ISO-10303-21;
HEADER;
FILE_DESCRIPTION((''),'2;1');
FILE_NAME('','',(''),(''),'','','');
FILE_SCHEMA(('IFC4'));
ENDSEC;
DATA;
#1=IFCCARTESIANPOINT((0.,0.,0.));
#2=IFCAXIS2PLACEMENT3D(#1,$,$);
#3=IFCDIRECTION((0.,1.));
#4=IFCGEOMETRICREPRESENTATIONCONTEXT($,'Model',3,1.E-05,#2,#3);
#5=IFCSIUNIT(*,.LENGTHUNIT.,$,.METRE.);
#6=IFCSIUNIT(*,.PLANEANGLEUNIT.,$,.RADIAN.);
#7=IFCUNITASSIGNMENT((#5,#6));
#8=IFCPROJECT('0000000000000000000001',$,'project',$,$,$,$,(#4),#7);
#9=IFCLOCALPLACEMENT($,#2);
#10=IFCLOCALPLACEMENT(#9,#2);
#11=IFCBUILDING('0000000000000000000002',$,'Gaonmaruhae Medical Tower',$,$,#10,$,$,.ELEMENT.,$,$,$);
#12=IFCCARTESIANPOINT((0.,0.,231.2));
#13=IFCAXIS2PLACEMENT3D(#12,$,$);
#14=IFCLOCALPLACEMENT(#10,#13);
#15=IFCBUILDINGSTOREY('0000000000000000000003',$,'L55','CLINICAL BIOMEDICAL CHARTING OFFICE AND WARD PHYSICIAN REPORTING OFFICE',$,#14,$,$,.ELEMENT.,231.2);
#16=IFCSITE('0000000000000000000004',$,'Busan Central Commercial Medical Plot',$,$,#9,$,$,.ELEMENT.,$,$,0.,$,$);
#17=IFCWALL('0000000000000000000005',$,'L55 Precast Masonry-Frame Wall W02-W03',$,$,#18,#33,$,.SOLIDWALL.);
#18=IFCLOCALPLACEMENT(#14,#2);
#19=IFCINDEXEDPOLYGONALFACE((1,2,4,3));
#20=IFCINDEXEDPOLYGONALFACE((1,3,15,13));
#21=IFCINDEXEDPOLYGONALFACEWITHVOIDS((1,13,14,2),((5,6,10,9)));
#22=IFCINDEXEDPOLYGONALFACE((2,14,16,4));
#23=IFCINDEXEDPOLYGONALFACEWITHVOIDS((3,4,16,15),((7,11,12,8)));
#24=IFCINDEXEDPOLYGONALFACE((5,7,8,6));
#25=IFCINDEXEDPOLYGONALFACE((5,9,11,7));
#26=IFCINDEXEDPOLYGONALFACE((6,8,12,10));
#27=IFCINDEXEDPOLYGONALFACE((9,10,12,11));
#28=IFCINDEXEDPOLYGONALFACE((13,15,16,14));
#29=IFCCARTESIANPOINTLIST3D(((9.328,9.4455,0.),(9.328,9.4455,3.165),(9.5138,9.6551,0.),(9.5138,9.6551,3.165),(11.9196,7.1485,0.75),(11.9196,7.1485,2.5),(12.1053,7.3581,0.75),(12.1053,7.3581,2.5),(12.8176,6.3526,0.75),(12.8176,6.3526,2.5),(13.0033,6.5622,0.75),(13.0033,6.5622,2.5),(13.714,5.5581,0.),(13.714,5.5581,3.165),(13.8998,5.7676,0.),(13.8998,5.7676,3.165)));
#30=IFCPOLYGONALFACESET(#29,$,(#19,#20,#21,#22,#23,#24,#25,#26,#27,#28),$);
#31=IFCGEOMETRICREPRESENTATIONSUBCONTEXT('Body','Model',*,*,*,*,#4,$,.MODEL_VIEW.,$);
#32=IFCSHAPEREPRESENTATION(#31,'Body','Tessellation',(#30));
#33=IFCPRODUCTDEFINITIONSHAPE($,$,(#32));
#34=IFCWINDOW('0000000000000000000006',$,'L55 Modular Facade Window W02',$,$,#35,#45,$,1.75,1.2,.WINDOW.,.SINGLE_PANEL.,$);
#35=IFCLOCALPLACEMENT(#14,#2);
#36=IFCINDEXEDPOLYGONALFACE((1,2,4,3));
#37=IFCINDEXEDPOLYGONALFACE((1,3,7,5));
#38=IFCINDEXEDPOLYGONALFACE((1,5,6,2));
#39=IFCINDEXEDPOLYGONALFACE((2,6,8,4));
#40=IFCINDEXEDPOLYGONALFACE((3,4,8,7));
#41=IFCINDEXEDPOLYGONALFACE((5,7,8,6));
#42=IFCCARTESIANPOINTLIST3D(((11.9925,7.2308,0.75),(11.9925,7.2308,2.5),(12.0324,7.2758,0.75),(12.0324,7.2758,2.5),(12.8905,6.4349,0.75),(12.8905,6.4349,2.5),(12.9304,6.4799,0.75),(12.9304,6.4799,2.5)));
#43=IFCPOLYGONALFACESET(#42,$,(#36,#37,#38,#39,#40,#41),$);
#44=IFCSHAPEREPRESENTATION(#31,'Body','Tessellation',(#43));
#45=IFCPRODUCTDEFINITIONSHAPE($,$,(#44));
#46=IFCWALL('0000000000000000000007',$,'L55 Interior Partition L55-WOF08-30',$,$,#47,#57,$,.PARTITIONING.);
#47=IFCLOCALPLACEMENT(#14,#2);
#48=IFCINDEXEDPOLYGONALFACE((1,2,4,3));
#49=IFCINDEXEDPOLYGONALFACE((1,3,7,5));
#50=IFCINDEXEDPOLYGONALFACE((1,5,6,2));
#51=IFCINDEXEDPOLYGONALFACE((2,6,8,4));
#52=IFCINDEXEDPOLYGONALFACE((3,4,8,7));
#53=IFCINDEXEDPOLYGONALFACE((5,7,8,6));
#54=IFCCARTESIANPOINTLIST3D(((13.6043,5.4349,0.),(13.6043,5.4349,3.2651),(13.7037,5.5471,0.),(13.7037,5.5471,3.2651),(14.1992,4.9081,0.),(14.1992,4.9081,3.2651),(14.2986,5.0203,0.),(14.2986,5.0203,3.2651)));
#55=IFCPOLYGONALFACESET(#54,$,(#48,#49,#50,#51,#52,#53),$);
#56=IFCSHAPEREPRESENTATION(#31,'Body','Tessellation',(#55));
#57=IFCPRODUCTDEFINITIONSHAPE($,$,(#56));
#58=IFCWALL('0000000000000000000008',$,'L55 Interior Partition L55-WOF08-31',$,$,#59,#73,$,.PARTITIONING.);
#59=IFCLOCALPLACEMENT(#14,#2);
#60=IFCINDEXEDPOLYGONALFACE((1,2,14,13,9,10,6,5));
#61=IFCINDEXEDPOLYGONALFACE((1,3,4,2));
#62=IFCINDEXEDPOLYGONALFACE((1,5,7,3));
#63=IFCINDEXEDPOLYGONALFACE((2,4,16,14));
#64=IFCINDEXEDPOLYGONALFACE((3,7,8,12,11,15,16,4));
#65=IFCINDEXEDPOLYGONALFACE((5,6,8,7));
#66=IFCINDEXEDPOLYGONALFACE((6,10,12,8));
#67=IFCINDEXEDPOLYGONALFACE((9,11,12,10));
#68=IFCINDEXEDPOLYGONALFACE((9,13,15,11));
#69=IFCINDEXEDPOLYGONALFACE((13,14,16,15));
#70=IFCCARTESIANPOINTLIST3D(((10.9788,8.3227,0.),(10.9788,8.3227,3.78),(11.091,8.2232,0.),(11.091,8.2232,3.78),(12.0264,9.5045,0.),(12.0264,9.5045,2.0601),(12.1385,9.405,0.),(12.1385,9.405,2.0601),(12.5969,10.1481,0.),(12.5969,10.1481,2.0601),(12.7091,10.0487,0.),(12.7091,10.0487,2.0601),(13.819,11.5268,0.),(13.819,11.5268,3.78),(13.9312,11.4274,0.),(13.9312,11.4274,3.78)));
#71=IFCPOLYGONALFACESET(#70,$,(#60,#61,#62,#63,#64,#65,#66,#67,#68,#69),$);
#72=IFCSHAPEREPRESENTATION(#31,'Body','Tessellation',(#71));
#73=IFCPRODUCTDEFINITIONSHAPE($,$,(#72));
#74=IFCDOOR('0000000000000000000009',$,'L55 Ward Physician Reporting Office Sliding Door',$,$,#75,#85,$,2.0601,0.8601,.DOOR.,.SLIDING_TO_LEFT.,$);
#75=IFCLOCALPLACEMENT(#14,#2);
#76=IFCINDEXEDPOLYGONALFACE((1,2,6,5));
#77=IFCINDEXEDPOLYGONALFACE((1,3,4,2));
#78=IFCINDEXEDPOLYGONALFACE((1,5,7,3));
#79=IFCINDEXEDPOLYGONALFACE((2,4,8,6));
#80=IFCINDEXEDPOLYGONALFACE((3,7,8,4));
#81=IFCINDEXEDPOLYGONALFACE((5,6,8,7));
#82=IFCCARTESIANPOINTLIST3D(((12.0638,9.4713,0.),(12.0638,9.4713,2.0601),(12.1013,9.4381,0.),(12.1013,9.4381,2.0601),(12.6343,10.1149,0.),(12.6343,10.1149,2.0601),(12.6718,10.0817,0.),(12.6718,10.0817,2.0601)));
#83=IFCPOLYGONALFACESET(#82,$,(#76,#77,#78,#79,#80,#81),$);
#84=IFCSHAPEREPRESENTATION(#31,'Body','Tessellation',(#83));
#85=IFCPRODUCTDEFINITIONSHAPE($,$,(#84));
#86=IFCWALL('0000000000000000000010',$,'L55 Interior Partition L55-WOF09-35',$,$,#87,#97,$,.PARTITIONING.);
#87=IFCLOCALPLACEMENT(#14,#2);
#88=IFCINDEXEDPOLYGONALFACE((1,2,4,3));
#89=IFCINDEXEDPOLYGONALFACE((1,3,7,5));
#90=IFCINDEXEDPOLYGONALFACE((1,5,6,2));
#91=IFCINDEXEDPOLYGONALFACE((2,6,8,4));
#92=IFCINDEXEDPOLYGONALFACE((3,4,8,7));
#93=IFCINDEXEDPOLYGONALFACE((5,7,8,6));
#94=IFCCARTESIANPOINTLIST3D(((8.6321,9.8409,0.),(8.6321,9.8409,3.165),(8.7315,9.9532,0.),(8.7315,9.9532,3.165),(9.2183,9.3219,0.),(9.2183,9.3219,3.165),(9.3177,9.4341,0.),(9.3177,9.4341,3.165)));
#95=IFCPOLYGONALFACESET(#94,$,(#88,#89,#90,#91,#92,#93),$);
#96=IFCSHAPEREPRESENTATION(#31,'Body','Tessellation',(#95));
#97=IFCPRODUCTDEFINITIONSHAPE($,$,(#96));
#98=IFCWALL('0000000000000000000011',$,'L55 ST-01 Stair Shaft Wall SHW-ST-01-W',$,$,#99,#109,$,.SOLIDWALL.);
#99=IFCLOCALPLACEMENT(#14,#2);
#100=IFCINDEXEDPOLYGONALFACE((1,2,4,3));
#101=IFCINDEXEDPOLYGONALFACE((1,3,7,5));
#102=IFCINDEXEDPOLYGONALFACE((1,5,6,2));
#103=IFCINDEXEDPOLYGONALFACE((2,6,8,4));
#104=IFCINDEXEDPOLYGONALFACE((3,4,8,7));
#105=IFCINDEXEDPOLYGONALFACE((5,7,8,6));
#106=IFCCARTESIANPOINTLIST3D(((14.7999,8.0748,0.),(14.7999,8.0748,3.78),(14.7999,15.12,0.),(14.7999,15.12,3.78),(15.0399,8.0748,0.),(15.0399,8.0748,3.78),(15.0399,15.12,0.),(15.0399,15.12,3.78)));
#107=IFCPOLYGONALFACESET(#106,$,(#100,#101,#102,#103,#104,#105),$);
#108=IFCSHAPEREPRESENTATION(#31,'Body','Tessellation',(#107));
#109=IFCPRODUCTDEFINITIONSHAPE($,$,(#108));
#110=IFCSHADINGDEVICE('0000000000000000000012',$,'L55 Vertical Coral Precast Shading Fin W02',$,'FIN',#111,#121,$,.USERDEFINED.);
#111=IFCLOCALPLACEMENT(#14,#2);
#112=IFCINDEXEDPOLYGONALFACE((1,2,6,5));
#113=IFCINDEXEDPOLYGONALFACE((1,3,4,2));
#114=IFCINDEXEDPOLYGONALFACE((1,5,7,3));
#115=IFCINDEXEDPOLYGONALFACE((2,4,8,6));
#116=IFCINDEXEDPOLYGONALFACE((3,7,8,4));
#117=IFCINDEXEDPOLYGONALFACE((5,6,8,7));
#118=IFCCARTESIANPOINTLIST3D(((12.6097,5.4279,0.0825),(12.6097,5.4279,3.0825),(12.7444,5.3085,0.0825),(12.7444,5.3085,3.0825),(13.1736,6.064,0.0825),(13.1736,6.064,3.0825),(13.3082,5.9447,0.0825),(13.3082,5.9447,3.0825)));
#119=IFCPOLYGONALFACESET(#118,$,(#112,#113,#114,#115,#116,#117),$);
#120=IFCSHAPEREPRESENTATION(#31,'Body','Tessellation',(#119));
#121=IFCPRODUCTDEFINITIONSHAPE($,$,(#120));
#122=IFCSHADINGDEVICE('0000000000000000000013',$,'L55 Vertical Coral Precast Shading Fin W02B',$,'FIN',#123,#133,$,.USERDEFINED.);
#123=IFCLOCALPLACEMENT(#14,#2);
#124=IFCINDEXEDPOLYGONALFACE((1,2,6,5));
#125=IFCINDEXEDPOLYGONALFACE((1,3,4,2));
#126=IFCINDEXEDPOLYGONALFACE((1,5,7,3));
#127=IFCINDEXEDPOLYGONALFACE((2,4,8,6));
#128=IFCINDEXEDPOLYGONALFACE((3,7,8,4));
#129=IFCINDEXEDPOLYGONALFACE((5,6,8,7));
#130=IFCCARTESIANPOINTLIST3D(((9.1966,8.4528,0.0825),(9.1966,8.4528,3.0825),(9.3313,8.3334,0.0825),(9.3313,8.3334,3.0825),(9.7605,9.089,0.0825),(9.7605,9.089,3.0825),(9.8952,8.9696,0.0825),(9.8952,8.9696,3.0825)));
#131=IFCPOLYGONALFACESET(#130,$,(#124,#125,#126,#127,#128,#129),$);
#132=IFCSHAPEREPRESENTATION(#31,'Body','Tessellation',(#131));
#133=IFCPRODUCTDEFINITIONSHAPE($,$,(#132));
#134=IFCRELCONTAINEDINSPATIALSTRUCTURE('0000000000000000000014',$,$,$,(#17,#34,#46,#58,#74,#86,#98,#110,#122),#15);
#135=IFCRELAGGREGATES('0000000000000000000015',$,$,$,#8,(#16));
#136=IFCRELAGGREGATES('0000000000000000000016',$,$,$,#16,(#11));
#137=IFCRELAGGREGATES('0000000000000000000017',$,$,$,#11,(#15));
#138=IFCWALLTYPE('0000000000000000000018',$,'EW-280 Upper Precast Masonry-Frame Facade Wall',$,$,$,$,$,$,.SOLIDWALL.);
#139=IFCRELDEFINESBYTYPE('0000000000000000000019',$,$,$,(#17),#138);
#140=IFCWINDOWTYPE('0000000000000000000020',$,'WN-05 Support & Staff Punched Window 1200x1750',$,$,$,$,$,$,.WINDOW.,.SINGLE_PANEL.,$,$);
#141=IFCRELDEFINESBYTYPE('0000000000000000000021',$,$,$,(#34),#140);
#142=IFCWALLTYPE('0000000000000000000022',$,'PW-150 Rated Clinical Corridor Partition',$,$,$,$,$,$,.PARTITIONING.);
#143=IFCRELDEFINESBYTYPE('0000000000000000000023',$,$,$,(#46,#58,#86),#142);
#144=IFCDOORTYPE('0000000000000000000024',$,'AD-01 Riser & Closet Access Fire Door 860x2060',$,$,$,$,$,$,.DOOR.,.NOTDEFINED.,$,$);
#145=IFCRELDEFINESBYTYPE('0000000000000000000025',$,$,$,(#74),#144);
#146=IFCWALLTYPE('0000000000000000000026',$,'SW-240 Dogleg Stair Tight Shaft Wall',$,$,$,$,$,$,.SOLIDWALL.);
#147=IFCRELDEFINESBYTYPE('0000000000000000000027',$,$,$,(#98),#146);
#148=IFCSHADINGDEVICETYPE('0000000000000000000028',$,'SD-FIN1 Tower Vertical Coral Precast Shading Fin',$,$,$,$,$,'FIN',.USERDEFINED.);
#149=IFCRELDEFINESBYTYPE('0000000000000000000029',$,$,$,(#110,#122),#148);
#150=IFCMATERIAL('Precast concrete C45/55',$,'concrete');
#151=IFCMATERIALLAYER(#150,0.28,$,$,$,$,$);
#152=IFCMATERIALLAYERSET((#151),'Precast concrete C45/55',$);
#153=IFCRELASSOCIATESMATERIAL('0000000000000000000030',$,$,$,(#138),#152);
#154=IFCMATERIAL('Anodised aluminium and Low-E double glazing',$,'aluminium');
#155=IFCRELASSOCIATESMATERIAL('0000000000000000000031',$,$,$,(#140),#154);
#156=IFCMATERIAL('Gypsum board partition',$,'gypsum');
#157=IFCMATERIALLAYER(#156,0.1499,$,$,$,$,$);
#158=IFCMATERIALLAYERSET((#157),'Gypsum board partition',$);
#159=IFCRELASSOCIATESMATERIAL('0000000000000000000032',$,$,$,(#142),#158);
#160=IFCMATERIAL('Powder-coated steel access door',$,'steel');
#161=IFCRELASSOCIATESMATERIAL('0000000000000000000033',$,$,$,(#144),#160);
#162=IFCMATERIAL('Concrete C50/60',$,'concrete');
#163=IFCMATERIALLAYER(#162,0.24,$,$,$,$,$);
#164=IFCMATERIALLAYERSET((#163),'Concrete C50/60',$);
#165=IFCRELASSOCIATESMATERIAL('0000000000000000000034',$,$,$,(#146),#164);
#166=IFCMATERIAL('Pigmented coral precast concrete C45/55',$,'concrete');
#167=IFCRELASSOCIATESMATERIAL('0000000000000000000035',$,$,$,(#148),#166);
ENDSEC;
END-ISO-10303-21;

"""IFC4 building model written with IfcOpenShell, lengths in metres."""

from ifc_helpers import new_model, si_unit, direction, frame, frame_2d, origin, origin_2d, place, context, subcontext, project, spatial, rectangle, extrude, material, layer, layer_set, type_object, element, fill, save


model = new_model("IFC4")

# Units and contexts
model_context = context("Model", 3, precision=1e-05, world=origin(), true_north=direction((0.0, 1.0)))
body_context = subcontext(model_context, "Body", "Model", "MODEL_VIEW")
ifc_project = project(units=[si_unit("LENGTHUNIT", "METRE"), si_unit("PLANEANGLEUNIT", "RADIAN")], contexts=[model_context])

# Site, building, storey
site_placement = place(None, origin())
site = spatial("IfcSite", under=ifc_project, at=site_placement, Name="Busan Central Commercial Medical Plot", CompositionType="ELEMENT", RefElevation=0.0)
building_placement = place(site_placement, origin())
building = spatial("IfcBuilding", under=site, at=building_placement, Name="Gaonmaruhae Medical Tower", CompositionType="ELEMENT")
storey_placement = place(building_placement, frame((0.0, 0.0, 231.2)))
storey = spatial("IfcBuildingStorey", under=building, at=storey_placement, Name="L55", Description="CLINICAL BIOMEDICAL CHARTING OFFICE AND WARD PHYSICIAN REPORTING OFFICE", CompositionType="ELEMENT", Elevation=231.2)

# Shared definitions
ifc_material_1 = material(Name="Concrete C50/60", Category="concrete")

# Wall, opening, window
ifc_material_2 = material(Name="Precast concrete C45/55", Category="concrete")
ifc_layer_1 = layer(ifc_material_2, 0.28)
ifc_layer_set_1 = layer_set([ifc_layer_1], Name="Precast concrete C45/55")
wall_type_1 = type_object("IfcWallType", Name="EW-280 Upper Precast Masonry-Frame Facade Wall", PredefinedType="SOLIDWALL", material=ifc_layer_set_1)
wall_1_placement = place(storey_placement, frame((13.8069, 5.6628, 0.0), z_axis=(0.0, 0.0, 1.0), x_axis=(-0.748358, 0.663295, 0.0)))
wall_1 = element("IfcWall", 1, at=wall_1_placement, inside=storey, type_object=wall_type_1, Name="L55 Precast Masonry-Frame Wall W02-W03", PredefinedType="SOLIDWALL", context=body_context, shape_type="SweptSolid", body=[
    extrude(rectangle(XDim=5.8608, YDim=0.28, at=frame_2d((2.9304, 0.0))), origin(), (0.0, 0.0, 1.0), 3.165),
])
opening_1_placement = place(wall_1_placement, frame((1.1978, 0.0, 0.75)))
opening_1 = element("IfcOpeningElement", 2, at=opening_1_placement, cuts=wall_1, PredefinedType="OPENING", context=body_context, shape_type="SweptSolid", body=[
    extrude(rectangle(XDim=1.2, YDim=1.75, at=frame_2d((0.6001, 0.875))), frame((0.0, 0.1499, 0.0), z_axis=(0.0, -1.0, 0.0), x_axis=(1.0, 0.0, 0.0)), (0.0, 0.0, 1.0), 0.3),
])
ifc_material_3 = material(Name="Anodised aluminium and Low-E double glazing", Category="aluminium")
window_type = type_object("IfcWindowType", Name="WN-05 Support & Staff Punched Window 1200x1750", PartitioningType="SINGLE_PANEL", PredefinedType="WINDOW", material=ifc_material_3)
window_placement = place(opening_1_placement, origin())
window = element("IfcWindow", 3, at=window_placement, inside=storey, type_object=window_type, Name="L55 Modular Facade Window W02", OverallHeight=1.75, OverallWidth=1.2, PartitioningType="SINGLE_PANEL", PredefinedType="WINDOW", context=body_context, shape_type="SweptSolid", body=[
    extrude(rectangle(XDim=1.2, YDim=1.75, at=frame_2d((0.6001, 0.875))), frame((0.0, 0.03, 0.0), z_axis=(0.0, -1.0, 0.0), x_axis=(1.0, 0.0, 0.0)), (0.0, 0.0, 1.0), 0.0601),
])
fill(opening_1, window)

# Wall
ifc_material_4 = material(Name="Gypsum board partition", Category="gypsum")
ifc_layer_2 = layer(ifc_material_4, 0.1499)
ifc_layer_set_2 = layer_set([ifc_layer_2], Name="Gypsum board partition")
wall_type_2 = type_object("IfcWallType", Name="PW-150 Rated Clinical Corridor Partition", PredefinedType="PARTITIONING", material=ifc_layer_set_2)
wall_2_placement = place(storey_placement, frame((14.249, 4.9641, 0.0), z_axis=(0.0, 0.0, 1.0), x_axis=(-0.748662, 0.662952, 0.0)))
element("IfcWall", 4, at=wall_2_placement, inside=storey, type_object=wall_type_2, Name="L55 Interior Partition L55-WOF08-30", PredefinedType="PARTITIONING", context=body_context, shape_type="SweptSolid", body=[
    extrude(rectangle(XDim=0.7947, YDim=0.1499, at=frame_2d((0.3975, 0.0))), origin(), (0.0, 0.0, 1.0), 3.2651),
])

# Wall, opening, door
wall_3_placement = place(storey_placement, frame((11.0349, 8.2729, 0.0), z_axis=(0.0, 0.0, 1.0), x_axis=(0.663319, 0.748337, 0.0)))
wall_3 = element("IfcWall", 5, at=wall_3_placement, inside=storey, type_object=wall_type_2, Name="L55 Interior Partition L55-WOF08-31", PredefinedType="PARTITIONING", context=body_context, shape_type="SweptSolid", body=[
    extrude(rectangle(XDim=4.2817, YDim=0.1499, at=frame_2d((2.1409, 0.0))), origin(), (0.0, 0.0, 1.0), 3.78),
])
opening_2_placement = place(wall_3_placement, frame((1.5791, 0.0, 0.0)))
opening_2 = element("IfcOpeningElement", 6, at=opening_2_placement, cuts=wall_3, PredefinedType="OPENING", context=body_context, shape_type="SweptSolid", body=[
    extrude(rectangle(XDim=0.8601, YDim=2.0601, at=frame_2d((0.4302, 1.03))), frame((0.0, 0.085, 0.0), z_axis=(0.0, -1.0, 0.0), x_axis=(1.0, 0.0, 0.0)), (0.0, 0.0, 1.0), 0.1699),
])
ifc_material_5 = material(Name="Powder-coated steel access door", Category="steel")
door_type = type_object("IfcDoorType", Name="AD-01 Riser & Closet Access Fire Door 860x2060", OperationType="NOTDEFINED", PredefinedType="DOOR", material=ifc_material_5)
door_placement = place(opening_2_placement, origin())
door = element("IfcDoor", 7, at=door_placement, inside=storey, type_object=door_type, Name="L55 Ward Physician Reporting Office Sliding Door", OperationType="SLIDING_TO_LEFT", OverallHeight=2.0601, OverallWidth=0.8601, PredefinedType="DOOR", context=body_context, shape_type="SweptSolid", body=[
    extrude(rectangle(XDim=0.8601, YDim=2.0601, at=frame_2d((0.4302, 1.03))), frame((0.0, 0.0249, 0.0), z_axis=(0.0, -1.0, 0.0), x_axis=(1.0, 0.0, 0.0)), (0.0, 0.0, 1.0), 0.05),
])
fill(opening_2, door)

# Walls
wall_4_placement = place(storey_placement, frame((9.2681, 9.3779, 0.0), z_axis=(0.0, 0.0, 1.0), x_axis=(-0.748681, 0.66293, 0.0)))
element("IfcWall", 8, at=wall_4_placement, inside=storey, type_object=wall_type_2, Name="L55 Interior Partition L55-WOF09-35", PredefinedType="PARTITIONING", context=body_context, shape_type="SweptSolid", body=[
    extrude(rectangle(XDim=0.783, YDim=0.1499, at=frame_2d((0.3916, 0.0))), origin(), (0.0, 0.0, 1.0), 3.165),
])
ifc_layer_3 = layer(ifc_material_1, 0.24)
ifc_layer_set_3 = layer_set([ifc_layer_3], Name="Concrete C50/60")
wall_type_3 = type_object("IfcWallType", Name="SW-240 Dogleg Stair Tight Shaft Wall", PredefinedType="SOLIDWALL", material=ifc_layer_set_3)
wall_5_placement = place(storey_placement, frame((14.9199, 8.075, 0.0), z_axis=(0.0, 0.0, 1.0), x_axis=(0.0, 1.0, 0.0)))
element("IfcWall", 9, at=wall_5_placement, inside=storey, type_object=wall_type_3, Name="L55 ST-01 Stair Shaft Wall SHW-ST-01-W", PredefinedType="SOLIDWALL", context=body_context, shape_type="SweptSolid", body=[
    extrude(rectangle(XDim=7.0452, YDim=0.24, at=frame_2d((3.5225, 0.0))), origin(), (0.0, 0.0, 1.0), 3.78),
])

# Shading devices
ifc_material_6 = material(Name="Pigmented coral precast concrete C45/55", Category="concrete")
shading_device_type = type_object("IfcShadingDeviceType", Name="SD-FIN1 Tower Vertical Coral Precast Shading Fin", ElementType="FIN", PredefinedType="USERDEFINED", material=ifc_material_6)
for number, where, z_axis, x_axis, name in (
    (10, (12.959, 5.6863, 0.0825), (0.0, 0.0, 1.0), (-0.748377, 0.663273, 0.0), "L55 Vertical Coral Precast Shading Fin W02"),
    (11, (9.5459, 8.7112, 0.0825), (0.0, 0.0, 1.0), (-0.748377, 0.663273, 0.0), "L55 Vertical Coral Precast Shading Fin W02B"),
):
    element("IfcShadingDevice", number, at=place(storey_placement, frame(where, z_axis=z_axis, x_axis=x_axis)), inside=storey, type_object=shading_device_type, Name=name, ObjectType="FIN", PredefinedType="USERDEFINED", context=body_context, shape_type="SweptSolid", body=[
        extrude(rectangle(XDim=0.1799, YDim=0.8501, at=origin_2d()), origin(), (0.0, 0.0, 1.0), 3.0),
    ])

save(model, "model.ifc")
